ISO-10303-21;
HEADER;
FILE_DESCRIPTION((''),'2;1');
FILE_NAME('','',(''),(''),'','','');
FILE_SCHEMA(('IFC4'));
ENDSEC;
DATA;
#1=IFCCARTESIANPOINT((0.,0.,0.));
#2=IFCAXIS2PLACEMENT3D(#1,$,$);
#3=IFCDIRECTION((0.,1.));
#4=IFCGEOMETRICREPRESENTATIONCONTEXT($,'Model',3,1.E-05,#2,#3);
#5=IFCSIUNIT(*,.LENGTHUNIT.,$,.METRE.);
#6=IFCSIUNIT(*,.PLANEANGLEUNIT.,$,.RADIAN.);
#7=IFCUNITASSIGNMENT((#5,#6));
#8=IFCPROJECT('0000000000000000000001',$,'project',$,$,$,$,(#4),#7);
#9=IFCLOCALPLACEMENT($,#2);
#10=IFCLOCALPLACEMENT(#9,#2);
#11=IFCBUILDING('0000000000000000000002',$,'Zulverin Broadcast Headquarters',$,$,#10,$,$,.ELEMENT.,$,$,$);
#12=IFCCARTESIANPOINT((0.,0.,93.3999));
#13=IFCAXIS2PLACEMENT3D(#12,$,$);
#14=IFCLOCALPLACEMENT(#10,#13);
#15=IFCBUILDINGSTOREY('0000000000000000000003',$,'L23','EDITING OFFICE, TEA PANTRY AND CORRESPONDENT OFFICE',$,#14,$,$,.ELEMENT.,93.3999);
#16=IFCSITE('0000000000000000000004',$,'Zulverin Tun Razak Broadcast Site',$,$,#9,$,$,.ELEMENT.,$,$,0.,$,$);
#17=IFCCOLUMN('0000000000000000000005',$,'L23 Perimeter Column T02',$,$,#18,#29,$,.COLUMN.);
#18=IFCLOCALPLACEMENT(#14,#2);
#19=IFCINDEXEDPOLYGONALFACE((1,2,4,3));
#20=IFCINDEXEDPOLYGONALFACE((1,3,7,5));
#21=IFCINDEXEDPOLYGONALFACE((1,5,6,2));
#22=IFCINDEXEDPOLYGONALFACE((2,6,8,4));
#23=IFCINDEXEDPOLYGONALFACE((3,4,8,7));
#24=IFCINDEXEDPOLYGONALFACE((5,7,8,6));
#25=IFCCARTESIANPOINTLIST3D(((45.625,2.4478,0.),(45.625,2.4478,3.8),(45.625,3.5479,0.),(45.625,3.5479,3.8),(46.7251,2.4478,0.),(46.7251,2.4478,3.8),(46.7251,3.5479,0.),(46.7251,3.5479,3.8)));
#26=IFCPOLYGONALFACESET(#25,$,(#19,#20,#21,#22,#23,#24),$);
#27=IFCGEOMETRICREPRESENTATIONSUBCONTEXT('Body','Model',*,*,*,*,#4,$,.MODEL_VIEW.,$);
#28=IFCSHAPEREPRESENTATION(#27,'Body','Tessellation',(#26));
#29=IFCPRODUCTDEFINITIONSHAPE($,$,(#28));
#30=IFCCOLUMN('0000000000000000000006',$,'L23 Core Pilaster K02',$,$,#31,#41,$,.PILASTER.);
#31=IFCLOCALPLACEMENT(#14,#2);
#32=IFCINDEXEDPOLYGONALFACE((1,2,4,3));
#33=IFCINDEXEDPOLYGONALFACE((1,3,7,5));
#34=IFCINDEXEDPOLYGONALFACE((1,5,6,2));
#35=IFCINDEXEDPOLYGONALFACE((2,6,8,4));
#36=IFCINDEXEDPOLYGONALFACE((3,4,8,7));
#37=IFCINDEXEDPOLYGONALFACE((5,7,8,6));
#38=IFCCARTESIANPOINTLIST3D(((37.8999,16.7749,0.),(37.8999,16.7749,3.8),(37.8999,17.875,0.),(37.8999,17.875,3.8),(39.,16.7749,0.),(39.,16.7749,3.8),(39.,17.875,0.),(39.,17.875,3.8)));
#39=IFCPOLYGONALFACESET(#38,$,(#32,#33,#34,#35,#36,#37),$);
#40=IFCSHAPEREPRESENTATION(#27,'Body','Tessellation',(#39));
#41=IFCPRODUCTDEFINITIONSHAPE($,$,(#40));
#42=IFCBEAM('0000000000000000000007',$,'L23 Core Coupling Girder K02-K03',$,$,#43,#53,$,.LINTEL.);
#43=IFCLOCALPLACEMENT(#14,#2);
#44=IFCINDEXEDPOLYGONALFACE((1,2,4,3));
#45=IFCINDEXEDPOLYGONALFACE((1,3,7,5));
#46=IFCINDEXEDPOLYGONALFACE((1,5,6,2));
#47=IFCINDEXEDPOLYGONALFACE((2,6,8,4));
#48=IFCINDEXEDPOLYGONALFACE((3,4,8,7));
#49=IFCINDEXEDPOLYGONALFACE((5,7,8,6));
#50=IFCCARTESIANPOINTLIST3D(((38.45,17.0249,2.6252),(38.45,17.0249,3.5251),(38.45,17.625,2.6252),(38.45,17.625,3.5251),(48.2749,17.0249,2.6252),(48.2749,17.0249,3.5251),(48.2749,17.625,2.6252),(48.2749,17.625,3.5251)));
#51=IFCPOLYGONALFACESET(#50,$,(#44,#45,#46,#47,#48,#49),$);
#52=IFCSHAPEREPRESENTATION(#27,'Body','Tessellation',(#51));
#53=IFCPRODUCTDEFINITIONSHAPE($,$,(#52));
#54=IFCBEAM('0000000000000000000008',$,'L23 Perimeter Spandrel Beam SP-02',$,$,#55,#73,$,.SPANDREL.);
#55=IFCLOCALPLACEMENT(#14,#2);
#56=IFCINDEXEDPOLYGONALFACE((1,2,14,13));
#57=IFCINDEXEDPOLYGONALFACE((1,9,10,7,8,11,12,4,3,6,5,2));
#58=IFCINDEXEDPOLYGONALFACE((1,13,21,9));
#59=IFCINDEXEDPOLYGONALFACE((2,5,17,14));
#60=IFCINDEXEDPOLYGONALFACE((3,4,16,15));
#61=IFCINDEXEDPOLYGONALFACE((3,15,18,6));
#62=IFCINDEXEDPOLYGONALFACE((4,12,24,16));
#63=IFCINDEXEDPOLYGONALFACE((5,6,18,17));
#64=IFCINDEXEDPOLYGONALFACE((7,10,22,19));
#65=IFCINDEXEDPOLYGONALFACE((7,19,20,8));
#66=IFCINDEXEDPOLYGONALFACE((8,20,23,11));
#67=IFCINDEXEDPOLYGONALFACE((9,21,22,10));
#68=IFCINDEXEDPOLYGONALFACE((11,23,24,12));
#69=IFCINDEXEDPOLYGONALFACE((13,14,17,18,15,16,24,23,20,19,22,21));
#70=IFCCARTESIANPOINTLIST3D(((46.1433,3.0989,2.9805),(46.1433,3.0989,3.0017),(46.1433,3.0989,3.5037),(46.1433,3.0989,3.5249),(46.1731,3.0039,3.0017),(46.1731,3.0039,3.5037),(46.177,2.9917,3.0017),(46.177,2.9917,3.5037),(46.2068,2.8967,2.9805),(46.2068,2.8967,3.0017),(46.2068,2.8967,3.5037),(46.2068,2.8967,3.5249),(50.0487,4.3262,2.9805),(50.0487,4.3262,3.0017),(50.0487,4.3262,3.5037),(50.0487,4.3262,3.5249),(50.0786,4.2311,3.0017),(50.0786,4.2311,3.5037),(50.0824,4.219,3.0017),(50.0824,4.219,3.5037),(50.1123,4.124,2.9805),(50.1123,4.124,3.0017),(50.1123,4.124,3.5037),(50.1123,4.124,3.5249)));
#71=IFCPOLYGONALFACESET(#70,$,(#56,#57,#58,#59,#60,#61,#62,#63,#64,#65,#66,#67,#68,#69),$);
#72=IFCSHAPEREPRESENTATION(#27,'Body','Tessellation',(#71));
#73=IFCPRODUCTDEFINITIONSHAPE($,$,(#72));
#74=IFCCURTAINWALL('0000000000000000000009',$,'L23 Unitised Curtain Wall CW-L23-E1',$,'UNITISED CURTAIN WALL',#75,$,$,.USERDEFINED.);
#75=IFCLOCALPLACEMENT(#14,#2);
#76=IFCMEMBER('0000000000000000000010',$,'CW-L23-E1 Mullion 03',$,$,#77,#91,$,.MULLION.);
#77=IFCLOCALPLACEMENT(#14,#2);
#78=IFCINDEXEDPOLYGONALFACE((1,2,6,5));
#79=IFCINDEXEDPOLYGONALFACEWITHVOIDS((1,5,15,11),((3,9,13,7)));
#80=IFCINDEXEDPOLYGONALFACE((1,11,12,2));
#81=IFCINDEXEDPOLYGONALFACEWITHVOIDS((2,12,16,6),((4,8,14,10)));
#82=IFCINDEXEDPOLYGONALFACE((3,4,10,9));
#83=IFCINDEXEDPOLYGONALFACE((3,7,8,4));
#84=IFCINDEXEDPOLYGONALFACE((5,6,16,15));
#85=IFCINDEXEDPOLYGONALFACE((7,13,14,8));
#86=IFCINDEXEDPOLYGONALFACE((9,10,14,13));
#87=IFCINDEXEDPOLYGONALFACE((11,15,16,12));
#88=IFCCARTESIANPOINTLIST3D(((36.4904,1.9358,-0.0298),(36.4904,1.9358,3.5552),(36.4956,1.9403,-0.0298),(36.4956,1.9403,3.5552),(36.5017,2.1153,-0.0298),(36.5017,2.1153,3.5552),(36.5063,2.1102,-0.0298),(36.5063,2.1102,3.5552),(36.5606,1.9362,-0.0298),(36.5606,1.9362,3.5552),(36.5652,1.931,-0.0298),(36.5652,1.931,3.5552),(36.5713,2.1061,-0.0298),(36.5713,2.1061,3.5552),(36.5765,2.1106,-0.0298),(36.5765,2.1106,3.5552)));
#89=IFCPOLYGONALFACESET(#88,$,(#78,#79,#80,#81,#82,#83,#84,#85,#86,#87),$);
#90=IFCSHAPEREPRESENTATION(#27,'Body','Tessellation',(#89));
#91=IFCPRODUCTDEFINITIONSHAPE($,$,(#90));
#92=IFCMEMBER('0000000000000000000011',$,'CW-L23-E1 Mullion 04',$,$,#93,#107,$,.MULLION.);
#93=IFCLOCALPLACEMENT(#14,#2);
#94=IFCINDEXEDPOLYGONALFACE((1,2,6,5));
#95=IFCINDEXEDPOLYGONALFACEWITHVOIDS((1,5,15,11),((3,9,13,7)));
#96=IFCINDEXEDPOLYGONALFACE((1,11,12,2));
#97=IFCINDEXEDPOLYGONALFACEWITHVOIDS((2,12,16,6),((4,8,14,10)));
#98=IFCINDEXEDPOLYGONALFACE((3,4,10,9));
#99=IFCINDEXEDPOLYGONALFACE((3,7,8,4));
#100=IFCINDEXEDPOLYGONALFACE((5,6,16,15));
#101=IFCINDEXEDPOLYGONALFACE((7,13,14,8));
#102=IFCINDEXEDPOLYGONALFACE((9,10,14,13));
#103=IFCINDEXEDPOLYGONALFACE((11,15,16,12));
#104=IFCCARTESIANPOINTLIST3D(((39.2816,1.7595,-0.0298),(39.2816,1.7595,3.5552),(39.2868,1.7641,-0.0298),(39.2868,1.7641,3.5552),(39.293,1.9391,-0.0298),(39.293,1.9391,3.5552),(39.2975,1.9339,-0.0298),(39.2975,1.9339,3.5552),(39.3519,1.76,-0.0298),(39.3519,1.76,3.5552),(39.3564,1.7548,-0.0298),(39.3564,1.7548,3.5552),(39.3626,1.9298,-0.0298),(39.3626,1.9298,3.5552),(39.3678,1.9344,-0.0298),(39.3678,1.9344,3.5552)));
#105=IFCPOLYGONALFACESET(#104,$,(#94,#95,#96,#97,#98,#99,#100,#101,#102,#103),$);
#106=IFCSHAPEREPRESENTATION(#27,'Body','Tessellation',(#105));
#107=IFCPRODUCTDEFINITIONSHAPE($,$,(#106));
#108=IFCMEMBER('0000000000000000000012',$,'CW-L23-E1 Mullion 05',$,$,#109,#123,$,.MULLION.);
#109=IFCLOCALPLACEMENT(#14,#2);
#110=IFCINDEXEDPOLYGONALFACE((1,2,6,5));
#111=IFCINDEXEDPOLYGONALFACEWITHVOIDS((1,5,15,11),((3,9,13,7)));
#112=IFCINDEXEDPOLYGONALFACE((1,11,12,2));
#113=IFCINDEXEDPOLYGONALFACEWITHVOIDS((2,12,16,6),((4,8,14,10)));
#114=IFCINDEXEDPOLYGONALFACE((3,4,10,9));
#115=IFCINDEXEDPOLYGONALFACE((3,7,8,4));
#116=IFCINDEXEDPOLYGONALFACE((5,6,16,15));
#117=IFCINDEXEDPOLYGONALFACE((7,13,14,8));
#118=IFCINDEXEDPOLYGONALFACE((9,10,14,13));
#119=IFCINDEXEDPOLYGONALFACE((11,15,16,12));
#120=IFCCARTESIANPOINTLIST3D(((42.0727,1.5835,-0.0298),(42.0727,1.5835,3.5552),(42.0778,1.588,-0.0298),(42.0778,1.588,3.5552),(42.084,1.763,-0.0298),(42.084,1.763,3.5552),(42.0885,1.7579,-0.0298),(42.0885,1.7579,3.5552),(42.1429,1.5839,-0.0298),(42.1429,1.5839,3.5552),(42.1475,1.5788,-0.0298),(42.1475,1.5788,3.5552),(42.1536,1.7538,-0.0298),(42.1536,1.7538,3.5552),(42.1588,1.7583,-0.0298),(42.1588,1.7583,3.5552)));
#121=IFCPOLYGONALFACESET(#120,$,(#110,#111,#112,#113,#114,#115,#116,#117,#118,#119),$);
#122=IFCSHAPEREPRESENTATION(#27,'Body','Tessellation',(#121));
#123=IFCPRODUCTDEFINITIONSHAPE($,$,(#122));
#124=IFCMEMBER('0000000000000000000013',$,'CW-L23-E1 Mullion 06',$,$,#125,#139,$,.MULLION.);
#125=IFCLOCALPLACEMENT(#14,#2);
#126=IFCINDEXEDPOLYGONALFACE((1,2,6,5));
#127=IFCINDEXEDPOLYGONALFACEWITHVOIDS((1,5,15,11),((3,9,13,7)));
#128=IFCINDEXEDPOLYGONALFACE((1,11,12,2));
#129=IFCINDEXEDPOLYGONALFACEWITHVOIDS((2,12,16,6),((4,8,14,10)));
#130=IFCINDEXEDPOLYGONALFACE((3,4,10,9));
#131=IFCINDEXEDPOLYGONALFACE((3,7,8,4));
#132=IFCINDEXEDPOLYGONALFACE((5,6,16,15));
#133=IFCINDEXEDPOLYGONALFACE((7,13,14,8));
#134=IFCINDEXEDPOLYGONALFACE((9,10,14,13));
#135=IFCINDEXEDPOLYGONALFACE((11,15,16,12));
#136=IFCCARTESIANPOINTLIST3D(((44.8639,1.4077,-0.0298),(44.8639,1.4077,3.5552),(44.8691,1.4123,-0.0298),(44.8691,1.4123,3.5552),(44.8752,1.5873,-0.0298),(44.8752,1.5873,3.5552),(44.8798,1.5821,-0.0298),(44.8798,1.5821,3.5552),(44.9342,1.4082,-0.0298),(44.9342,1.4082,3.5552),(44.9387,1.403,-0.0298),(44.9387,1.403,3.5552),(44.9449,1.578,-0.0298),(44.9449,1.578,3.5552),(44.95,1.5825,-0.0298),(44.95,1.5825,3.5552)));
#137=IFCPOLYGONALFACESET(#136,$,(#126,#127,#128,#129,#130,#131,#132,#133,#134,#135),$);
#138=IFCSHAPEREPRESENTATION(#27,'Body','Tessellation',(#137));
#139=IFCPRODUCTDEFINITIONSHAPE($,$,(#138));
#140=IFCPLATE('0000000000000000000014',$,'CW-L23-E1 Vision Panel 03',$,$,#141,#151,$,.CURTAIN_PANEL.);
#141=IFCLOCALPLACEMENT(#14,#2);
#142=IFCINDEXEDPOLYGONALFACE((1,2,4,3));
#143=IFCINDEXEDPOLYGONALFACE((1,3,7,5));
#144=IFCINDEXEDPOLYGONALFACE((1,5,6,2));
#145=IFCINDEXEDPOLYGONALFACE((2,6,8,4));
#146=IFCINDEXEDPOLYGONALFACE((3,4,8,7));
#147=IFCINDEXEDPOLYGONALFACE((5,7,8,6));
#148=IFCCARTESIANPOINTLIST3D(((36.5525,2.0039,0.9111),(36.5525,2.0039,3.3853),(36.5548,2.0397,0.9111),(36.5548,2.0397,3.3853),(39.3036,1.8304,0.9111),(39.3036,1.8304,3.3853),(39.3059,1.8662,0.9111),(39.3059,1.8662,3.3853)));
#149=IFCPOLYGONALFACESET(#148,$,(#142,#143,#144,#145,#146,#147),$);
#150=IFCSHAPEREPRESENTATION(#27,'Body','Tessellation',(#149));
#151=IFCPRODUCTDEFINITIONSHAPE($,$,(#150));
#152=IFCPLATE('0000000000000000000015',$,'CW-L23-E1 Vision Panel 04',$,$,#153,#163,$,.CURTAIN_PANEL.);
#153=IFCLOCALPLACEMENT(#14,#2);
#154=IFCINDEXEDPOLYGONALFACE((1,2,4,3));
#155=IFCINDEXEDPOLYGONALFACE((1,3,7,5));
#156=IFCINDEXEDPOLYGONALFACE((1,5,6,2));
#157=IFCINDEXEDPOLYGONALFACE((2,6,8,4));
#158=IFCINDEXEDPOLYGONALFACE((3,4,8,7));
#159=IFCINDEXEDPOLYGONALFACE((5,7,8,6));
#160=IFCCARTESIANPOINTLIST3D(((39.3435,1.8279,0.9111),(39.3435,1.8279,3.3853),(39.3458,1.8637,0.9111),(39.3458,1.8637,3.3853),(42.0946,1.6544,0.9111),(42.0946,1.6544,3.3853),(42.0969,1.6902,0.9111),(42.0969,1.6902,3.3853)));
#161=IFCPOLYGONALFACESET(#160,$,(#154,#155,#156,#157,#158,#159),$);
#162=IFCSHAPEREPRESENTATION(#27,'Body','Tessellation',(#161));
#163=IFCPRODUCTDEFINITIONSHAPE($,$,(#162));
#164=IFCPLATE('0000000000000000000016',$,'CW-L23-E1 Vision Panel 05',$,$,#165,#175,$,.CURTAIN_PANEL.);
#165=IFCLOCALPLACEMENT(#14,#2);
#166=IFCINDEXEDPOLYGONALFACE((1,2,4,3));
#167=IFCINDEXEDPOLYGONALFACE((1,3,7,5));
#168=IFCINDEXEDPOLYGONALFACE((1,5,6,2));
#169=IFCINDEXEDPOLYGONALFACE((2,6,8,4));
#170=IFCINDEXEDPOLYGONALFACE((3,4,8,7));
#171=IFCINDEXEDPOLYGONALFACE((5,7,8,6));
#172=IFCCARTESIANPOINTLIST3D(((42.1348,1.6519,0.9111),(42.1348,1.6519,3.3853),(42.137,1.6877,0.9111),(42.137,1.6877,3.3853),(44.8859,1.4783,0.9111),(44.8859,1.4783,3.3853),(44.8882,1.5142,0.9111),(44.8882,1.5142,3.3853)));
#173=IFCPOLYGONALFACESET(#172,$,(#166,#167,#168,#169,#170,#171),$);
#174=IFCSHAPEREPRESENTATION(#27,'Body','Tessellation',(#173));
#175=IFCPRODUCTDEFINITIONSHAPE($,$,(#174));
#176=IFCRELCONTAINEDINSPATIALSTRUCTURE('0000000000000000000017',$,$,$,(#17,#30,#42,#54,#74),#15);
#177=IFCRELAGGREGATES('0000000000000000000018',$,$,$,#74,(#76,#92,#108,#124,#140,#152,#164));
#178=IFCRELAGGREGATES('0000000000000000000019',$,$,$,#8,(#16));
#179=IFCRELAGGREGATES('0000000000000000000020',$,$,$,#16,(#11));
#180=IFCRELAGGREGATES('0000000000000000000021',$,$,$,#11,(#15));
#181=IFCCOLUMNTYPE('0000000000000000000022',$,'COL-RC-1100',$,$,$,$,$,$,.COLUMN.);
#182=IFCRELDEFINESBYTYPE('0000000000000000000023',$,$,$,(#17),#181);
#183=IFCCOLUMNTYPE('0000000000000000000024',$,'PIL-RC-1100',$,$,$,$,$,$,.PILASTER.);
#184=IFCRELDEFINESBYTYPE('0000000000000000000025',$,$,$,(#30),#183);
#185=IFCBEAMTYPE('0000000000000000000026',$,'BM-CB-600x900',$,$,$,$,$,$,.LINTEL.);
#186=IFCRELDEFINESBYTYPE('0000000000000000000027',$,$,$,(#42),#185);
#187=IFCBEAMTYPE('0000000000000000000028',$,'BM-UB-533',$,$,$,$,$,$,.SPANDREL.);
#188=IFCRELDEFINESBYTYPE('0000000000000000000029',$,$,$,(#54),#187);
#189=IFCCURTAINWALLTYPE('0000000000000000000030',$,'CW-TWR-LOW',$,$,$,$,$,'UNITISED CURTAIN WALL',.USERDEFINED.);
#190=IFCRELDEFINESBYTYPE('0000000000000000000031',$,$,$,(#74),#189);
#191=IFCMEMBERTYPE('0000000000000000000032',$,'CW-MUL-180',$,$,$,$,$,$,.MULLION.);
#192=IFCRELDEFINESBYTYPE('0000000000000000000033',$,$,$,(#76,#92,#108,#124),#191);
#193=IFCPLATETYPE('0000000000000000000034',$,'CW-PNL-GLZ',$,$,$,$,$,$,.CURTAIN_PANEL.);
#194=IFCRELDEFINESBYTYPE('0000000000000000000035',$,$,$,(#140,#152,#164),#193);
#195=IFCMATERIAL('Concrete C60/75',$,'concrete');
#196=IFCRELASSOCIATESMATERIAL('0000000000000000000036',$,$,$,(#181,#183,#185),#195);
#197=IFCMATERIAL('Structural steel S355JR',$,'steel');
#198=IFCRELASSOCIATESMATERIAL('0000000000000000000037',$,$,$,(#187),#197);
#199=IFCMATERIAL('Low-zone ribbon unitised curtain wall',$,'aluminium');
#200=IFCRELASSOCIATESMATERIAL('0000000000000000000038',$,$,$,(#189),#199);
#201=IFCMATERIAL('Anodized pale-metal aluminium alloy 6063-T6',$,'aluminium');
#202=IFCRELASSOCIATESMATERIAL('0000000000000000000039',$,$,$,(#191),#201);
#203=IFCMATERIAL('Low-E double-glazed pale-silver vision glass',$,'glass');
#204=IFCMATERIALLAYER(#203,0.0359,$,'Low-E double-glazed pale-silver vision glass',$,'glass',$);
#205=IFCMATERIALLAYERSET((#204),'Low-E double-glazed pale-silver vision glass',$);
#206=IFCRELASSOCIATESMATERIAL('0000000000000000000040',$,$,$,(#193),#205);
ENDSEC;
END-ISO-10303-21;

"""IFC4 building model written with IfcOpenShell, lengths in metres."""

from ifc_helpers import new_model, si_unit, direction, frame, origin, origin_2d, place, context, subcontext, project, spatial, rectangle, hollow_rectangle, i_section, extrude, material, layer, layer_set, material_profile, profile_set, type_object, element, aggregate, save


model = new_model("IFC4")

# Units and contexts
model_context = context("Model", 3, precision=1e-05, world=origin(), true_north=direction((0.0, 1.0)))
body_context = subcontext(model_context, "Body", "Model", "MODEL_VIEW")
ifc_project = project(units=[si_unit("LENGTHUNIT", "METRE"), si_unit("PLANEANGLEUNIT", "RADIAN")], contexts=[model_context])

# Site, building, storey
site_placement = place(None, origin())
site = spatial("IfcSite", under=ifc_project, at=site_placement, Name="Zulverin Tun Razak Broadcast Site", CompositionType="ELEMENT", RefElevation=0.0)
building_placement = place(site_placement, origin())
building = spatial("IfcBuilding", under=site, at=building_placement, Name="Zulverin Broadcast Headquarters", CompositionType="ELEMENT")
storey_placement = place(building_placement, frame((0.0, 0.0, 93.3999)))
storey = spatial("IfcBuildingStorey", under=building, at=storey_placement, Name="L23", Description="EDITING OFFICE, TEA PANTRY AND CORRESPONDENT OFFICE", CompositionType="ELEMENT", Elevation=93.3999)

# Columns
ifc_material_1 = material(Name="Concrete C60/75", Category="concrete")
ifc_material_profile_1 = material_profile(ifc_material_1, rectangle(XDim=1.1001, YDim=1.1001, at=origin_2d()), Name="Concrete C60/75", Category="concrete")
ifc_profile_set_1 = profile_set([ifc_material_profile_1], Name="Concrete C60/75")
column_type_1 = type_object("IfcColumnType", Name="COL-RC-1100", PredefinedType="COLUMN", material=ifc_profile_set_1)
column_1_placement = place(storey_placement, frame((46.175, 2.9978, 0.0), z_axis=(0.0, 0.0, 1.0), x_axis=(1.0, 0.0, 0.0)))
element("IfcColumn", 1, at=column_1_placement, inside=storey, type_object=column_type_1, Name="L23 Perimeter Column T02", PredefinedType="COLUMN", context=body_context, shape_type="SweptSolid", body=[
    extrude(rectangle(XDim=1.1001, YDim=1.1001, at=origin_2d()), origin(), (0.0, 0.0, 1.0), 3.8),
])
ifc_material_profile_2 = material_profile(ifc_material_1, rectangle(XDim=1.1001, YDim=1.1001, at=origin_2d()), Name="Concrete C60/75", Category="concrete")
ifc_profile_set_2 = profile_set([ifc_material_profile_2], Name="Concrete C60/75")
column_type_2 = type_object("IfcColumnType", Name="PIL-RC-1100", PredefinedType="PILASTER", material=ifc_profile_set_2)
column_2_placement = place(storey_placement, frame((38.45, 17.325, 0.0), z_axis=(0.0, 0.0, 1.0), x_axis=(1.0, 0.0, 0.0)))
element("IfcColumn", 2, at=column_2_placement, inside=storey, type_object=column_type_2, Name="L23 Core Pilaster K02", PredefinedType="PILASTER", context=body_context, shape_type="SweptSolid", body=[
    extrude(rectangle(XDim=1.1001, YDim=1.1001, at=origin_2d()), origin(), (0.0, 0.0, 1.0), 3.8),
])

# Beams
ifc_material_profile_3 = material_profile(ifc_material_1, rectangle(XDim=0.6001, YDim=0.8999, at=origin_2d()), Name="Concrete C60/75", Category="concrete")
ifc_profile_set_3 = profile_set([ifc_material_profile_3], Name="Concrete C60/75")
beam_type_1 = type_object("IfcBeamType", Name="BM-CB-600x900", PredefinedType="LINTEL", material=ifc_profile_set_3)
beam_1_placement = place(storey_placement, frame((38.45, 17.325, 3.0752), z_axis=(1.0, 0.0, 0.0), x_axis=(0.0, 1.0, 0.0)))
element("IfcBeam", 3, at=beam_1_placement, inside=storey, type_object=beam_type_1, Name="L23 Core Coupling Girder K02-K03", PredefinedType="LINTEL", context=body_context, shape_type="SweptSolid", body=[
    extrude(rectangle(XDim=0.6001, YDim=0.8999, at=origin_2d()), origin(), (0.0, 0.0, 1.0), 9.825),
])
ifc_material_2 = material(Name="Structural steel S355JR", Category="steel")
ifc_material_profile_4 = material_profile(ifc_material_2, i_section(OverallWidth=0.2119, OverallDepth=0.5444, WebThickness=0.0127, FlangeThickness=0.0212, at=origin_2d()), Name="Structural steel S355JR", Category="steel")
ifc_profile_set_4 = profile_set([ifc_material_profile_4], Name="Structural steel S355JR")
beam_type_2 = type_object("IfcBeamType", Name="BM-UB-533", PredefinedType="SPANDREL", material=ifc_profile_set_4)
beam_2_placement = place(storey_placement, frame((46.175, 2.9978, 3.2527), z_axis=(0.954004, 0.299792, 0.0), x_axis=(-0.299792, 0.954004, 0.0)))
element("IfcBeam", 4, at=beam_2_placement, inside=storey, type_object=beam_type_2, Name="L23 Perimeter Spandrel Beam SP-02", PredefinedType="SPANDREL", context=body_context, shape_type="SweptSolid", body=[
    extrude(i_section(OverallWidth=0.2119, OverallDepth=0.5444, WebThickness=0.0127, FlangeThickness=0.0212, at=origin_2d()), origin(), (0.0, 0.0, 1.0), 4.0938),
])

# Curtain wall, members, plates
ifc_material_3 = material(Name="Low-zone ribbon unitised curtain wall", Category="aluminium")
curtain_wall_type = type_object("IfcCurtainWallType", Name="CW-TWR-LOW", ElementType="UNITISED CURTAIN WALL", PredefinedType="USERDEFINED", material=ifc_material_3)
curtain_wall_placement = place(storey_placement, origin())
curtain_wall = element("IfcCurtainWall", 5, at=curtain_wall_placement, inside=storey, type_object=curtain_wall_type, Name="L23 Unitised Curtain Wall CW-L23-E1", ObjectType="UNITISED CURTAIN WALL", PredefinedType="USERDEFINED")
ifc_material_4 = material(Name="Anodized pale-metal aluminium alloy 6063-T6", Category="aluminium")
ifc_material_profile_5 = material_profile(ifc_material_4, hollow_rectangle(XDim=0.075, YDim=0.1799, WallThickness=0.0049, at=origin_2d()), Name="Anodized pale-metal aluminium alloy 6063-T6", Category="aluminium")
ifc_profile_set_5 = profile_set([ifc_material_profile_5], Name="Anodized pale-metal aluminium alloy 6063-T6")
member_type = type_object("IfcMemberType", Name="CW-MUL-180", PredefinedType="MULLION", material=ifc_profile_set_5)
member_1_placement = place(storey_placement, frame((36.5334, 2.0232, -0.0298), z_axis=(0.0, 0.0, 1.0), x_axis=(0.998017, -0.062942, 0.0)))
member_1 = element("IfcMember", 6, at=member_1_placement, type_object=member_type, Name="CW-L23-E1 Mullion 03", PredefinedType="MULLION", context=body_context, shape_type="SweptSolid", body=[
    extrude(hollow_rectangle(XDim=0.075, YDim=0.1799, WallThickness=0.0049, at=origin_2d()), origin(), (0.0, 0.0, 1.0), 3.585),
])
member_2_placement = place(storey_placement, frame((39.3247, 1.8469, -0.0298), z_axis=(0.0, 0.0, 1.0), x_axis=(0.998017, -0.062942, 0.0)))
member_2 = element("IfcMember", 7, at=member_2_placement, type_object=member_type, Name="CW-L23-E1 Mullion 04", PredefinedType="MULLION", context=body_context, shape_type="SweptSolid", body=[
    extrude(hollow_rectangle(XDim=0.075, YDim=0.1799, WallThickness=0.0049, at=origin_2d()), origin(), (0.0, 0.0, 1.0), 3.585),
])
member_3_placement = place(storey_placement, frame((42.1157, 1.6709, -0.0298), z_axis=(0.0, 0.0, 1.0), x_axis=(0.998017, -0.062942, 0.0)))
member_3 = element("IfcMember", 8, at=member_3_placement, type_object=member_type, Name="CW-L23-E1 Mullion 05", PredefinedType="MULLION", context=body_context, shape_type="SweptSolid", body=[
    extrude(hollow_rectangle(XDim=0.075, YDim=0.1799, WallThickness=0.0049, at=origin_2d()), origin(), (0.0, 0.0, 1.0), 3.585),
])
member_4_placement = place(storey_placement, frame((44.907, 1.4951, -0.0298), z_axis=(0.0, 0.0, 1.0), x_axis=(0.998017, -0.062942, 0.0)))
member_4 = element("IfcMember", 9, at=member_4_placement, type_object=member_type, Name="CW-L23-E1 Mullion 06", PredefinedType="MULLION", context=body_context, shape_type="SweptSolid", body=[
    extrude(hollow_rectangle(XDim=0.075, YDim=0.1799, WallThickness=0.0049, at=origin_2d()), origin(), (0.0, 0.0, 1.0), 3.585),
])
ifc_material_5 = material(Name="Low-E double-glazed pale-silver vision glass", Category="glass")
ifc_layer_1 = layer(ifc_material_5, 0.0359, Name="Low-E double-glazed pale-silver vision glass", Category="glass")
ifc_layer_set_1 = layer_set([ifc_layer_1], Name="Low-E double-glazed pale-silver vision glass")
plate_type_1 = type_object("IfcPlateType", Name="CW-PNL-GLZ", PredefinedType="CURTAIN_PANEL", material=ifc_layer_set_1)
plate_1_placement = place(storey_placement, frame((37.9292, 1.9351, 0.9111), z_axis=(0.0, 0.0, 1.0), x_axis=(0.998017, -0.062942, 0.0)))
plate_1 = element("IfcPlate", 10, at=plate_1_placement, type_object=plate_type_1, Name="CW-L23-E1 Vision Panel 03", PredefinedType="CURTAIN_PANEL", context=body_context, shape_type="SweptSolid", body=[
    extrude(rectangle(XDim=2.7566, YDim=0.0359, at=origin_2d()), origin(), (0.0, 0.0, 1.0), 2.4741),
])
plate_2_placement = place(storey_placement, frame((40.7202, 1.759, 0.9111), z_axis=(0.0, 0.0, 1.0), x_axis=(0.998017, -0.062942, 0.0)))
plate_2 = element("IfcPlate", 11, at=plate_2_placement, type_object=plate_type_1, Name="CW-L23-E1 Vision Panel 04", PredefinedType="CURTAIN_PANEL", context=body_context, shape_type="SweptSolid", body=[
    extrude(rectangle(XDim=2.7566, YDim=0.0359, at=origin_2d()), origin(), (0.0, 0.0, 1.0), 2.4741),
])
plate_3_placement = place(storey_placement, frame((43.5115, 1.583, 0.9111), z_axis=(0.0, 0.0, 1.0), x_axis=(0.998017, -0.062942, 0.0)))
plate_3 = element("IfcPlate", 12, at=plate_3_placement, type_object=plate_type_1, Name="CW-L23-E1 Vision Panel 05", PredefinedType="CURTAIN_PANEL", context=body_context, shape_type="SweptSolid", body=[
    extrude(rectangle(XDim=2.7566, YDim=0.0359, at=origin_2d()), origin(), (0.0, 0.0, 1.0), 2.4741),
])
aggregate(curtain_wall, [member_1, member_2, member_3, member_4, plate_1, plate_2, plate_3])

save(model, "model.ifc")
